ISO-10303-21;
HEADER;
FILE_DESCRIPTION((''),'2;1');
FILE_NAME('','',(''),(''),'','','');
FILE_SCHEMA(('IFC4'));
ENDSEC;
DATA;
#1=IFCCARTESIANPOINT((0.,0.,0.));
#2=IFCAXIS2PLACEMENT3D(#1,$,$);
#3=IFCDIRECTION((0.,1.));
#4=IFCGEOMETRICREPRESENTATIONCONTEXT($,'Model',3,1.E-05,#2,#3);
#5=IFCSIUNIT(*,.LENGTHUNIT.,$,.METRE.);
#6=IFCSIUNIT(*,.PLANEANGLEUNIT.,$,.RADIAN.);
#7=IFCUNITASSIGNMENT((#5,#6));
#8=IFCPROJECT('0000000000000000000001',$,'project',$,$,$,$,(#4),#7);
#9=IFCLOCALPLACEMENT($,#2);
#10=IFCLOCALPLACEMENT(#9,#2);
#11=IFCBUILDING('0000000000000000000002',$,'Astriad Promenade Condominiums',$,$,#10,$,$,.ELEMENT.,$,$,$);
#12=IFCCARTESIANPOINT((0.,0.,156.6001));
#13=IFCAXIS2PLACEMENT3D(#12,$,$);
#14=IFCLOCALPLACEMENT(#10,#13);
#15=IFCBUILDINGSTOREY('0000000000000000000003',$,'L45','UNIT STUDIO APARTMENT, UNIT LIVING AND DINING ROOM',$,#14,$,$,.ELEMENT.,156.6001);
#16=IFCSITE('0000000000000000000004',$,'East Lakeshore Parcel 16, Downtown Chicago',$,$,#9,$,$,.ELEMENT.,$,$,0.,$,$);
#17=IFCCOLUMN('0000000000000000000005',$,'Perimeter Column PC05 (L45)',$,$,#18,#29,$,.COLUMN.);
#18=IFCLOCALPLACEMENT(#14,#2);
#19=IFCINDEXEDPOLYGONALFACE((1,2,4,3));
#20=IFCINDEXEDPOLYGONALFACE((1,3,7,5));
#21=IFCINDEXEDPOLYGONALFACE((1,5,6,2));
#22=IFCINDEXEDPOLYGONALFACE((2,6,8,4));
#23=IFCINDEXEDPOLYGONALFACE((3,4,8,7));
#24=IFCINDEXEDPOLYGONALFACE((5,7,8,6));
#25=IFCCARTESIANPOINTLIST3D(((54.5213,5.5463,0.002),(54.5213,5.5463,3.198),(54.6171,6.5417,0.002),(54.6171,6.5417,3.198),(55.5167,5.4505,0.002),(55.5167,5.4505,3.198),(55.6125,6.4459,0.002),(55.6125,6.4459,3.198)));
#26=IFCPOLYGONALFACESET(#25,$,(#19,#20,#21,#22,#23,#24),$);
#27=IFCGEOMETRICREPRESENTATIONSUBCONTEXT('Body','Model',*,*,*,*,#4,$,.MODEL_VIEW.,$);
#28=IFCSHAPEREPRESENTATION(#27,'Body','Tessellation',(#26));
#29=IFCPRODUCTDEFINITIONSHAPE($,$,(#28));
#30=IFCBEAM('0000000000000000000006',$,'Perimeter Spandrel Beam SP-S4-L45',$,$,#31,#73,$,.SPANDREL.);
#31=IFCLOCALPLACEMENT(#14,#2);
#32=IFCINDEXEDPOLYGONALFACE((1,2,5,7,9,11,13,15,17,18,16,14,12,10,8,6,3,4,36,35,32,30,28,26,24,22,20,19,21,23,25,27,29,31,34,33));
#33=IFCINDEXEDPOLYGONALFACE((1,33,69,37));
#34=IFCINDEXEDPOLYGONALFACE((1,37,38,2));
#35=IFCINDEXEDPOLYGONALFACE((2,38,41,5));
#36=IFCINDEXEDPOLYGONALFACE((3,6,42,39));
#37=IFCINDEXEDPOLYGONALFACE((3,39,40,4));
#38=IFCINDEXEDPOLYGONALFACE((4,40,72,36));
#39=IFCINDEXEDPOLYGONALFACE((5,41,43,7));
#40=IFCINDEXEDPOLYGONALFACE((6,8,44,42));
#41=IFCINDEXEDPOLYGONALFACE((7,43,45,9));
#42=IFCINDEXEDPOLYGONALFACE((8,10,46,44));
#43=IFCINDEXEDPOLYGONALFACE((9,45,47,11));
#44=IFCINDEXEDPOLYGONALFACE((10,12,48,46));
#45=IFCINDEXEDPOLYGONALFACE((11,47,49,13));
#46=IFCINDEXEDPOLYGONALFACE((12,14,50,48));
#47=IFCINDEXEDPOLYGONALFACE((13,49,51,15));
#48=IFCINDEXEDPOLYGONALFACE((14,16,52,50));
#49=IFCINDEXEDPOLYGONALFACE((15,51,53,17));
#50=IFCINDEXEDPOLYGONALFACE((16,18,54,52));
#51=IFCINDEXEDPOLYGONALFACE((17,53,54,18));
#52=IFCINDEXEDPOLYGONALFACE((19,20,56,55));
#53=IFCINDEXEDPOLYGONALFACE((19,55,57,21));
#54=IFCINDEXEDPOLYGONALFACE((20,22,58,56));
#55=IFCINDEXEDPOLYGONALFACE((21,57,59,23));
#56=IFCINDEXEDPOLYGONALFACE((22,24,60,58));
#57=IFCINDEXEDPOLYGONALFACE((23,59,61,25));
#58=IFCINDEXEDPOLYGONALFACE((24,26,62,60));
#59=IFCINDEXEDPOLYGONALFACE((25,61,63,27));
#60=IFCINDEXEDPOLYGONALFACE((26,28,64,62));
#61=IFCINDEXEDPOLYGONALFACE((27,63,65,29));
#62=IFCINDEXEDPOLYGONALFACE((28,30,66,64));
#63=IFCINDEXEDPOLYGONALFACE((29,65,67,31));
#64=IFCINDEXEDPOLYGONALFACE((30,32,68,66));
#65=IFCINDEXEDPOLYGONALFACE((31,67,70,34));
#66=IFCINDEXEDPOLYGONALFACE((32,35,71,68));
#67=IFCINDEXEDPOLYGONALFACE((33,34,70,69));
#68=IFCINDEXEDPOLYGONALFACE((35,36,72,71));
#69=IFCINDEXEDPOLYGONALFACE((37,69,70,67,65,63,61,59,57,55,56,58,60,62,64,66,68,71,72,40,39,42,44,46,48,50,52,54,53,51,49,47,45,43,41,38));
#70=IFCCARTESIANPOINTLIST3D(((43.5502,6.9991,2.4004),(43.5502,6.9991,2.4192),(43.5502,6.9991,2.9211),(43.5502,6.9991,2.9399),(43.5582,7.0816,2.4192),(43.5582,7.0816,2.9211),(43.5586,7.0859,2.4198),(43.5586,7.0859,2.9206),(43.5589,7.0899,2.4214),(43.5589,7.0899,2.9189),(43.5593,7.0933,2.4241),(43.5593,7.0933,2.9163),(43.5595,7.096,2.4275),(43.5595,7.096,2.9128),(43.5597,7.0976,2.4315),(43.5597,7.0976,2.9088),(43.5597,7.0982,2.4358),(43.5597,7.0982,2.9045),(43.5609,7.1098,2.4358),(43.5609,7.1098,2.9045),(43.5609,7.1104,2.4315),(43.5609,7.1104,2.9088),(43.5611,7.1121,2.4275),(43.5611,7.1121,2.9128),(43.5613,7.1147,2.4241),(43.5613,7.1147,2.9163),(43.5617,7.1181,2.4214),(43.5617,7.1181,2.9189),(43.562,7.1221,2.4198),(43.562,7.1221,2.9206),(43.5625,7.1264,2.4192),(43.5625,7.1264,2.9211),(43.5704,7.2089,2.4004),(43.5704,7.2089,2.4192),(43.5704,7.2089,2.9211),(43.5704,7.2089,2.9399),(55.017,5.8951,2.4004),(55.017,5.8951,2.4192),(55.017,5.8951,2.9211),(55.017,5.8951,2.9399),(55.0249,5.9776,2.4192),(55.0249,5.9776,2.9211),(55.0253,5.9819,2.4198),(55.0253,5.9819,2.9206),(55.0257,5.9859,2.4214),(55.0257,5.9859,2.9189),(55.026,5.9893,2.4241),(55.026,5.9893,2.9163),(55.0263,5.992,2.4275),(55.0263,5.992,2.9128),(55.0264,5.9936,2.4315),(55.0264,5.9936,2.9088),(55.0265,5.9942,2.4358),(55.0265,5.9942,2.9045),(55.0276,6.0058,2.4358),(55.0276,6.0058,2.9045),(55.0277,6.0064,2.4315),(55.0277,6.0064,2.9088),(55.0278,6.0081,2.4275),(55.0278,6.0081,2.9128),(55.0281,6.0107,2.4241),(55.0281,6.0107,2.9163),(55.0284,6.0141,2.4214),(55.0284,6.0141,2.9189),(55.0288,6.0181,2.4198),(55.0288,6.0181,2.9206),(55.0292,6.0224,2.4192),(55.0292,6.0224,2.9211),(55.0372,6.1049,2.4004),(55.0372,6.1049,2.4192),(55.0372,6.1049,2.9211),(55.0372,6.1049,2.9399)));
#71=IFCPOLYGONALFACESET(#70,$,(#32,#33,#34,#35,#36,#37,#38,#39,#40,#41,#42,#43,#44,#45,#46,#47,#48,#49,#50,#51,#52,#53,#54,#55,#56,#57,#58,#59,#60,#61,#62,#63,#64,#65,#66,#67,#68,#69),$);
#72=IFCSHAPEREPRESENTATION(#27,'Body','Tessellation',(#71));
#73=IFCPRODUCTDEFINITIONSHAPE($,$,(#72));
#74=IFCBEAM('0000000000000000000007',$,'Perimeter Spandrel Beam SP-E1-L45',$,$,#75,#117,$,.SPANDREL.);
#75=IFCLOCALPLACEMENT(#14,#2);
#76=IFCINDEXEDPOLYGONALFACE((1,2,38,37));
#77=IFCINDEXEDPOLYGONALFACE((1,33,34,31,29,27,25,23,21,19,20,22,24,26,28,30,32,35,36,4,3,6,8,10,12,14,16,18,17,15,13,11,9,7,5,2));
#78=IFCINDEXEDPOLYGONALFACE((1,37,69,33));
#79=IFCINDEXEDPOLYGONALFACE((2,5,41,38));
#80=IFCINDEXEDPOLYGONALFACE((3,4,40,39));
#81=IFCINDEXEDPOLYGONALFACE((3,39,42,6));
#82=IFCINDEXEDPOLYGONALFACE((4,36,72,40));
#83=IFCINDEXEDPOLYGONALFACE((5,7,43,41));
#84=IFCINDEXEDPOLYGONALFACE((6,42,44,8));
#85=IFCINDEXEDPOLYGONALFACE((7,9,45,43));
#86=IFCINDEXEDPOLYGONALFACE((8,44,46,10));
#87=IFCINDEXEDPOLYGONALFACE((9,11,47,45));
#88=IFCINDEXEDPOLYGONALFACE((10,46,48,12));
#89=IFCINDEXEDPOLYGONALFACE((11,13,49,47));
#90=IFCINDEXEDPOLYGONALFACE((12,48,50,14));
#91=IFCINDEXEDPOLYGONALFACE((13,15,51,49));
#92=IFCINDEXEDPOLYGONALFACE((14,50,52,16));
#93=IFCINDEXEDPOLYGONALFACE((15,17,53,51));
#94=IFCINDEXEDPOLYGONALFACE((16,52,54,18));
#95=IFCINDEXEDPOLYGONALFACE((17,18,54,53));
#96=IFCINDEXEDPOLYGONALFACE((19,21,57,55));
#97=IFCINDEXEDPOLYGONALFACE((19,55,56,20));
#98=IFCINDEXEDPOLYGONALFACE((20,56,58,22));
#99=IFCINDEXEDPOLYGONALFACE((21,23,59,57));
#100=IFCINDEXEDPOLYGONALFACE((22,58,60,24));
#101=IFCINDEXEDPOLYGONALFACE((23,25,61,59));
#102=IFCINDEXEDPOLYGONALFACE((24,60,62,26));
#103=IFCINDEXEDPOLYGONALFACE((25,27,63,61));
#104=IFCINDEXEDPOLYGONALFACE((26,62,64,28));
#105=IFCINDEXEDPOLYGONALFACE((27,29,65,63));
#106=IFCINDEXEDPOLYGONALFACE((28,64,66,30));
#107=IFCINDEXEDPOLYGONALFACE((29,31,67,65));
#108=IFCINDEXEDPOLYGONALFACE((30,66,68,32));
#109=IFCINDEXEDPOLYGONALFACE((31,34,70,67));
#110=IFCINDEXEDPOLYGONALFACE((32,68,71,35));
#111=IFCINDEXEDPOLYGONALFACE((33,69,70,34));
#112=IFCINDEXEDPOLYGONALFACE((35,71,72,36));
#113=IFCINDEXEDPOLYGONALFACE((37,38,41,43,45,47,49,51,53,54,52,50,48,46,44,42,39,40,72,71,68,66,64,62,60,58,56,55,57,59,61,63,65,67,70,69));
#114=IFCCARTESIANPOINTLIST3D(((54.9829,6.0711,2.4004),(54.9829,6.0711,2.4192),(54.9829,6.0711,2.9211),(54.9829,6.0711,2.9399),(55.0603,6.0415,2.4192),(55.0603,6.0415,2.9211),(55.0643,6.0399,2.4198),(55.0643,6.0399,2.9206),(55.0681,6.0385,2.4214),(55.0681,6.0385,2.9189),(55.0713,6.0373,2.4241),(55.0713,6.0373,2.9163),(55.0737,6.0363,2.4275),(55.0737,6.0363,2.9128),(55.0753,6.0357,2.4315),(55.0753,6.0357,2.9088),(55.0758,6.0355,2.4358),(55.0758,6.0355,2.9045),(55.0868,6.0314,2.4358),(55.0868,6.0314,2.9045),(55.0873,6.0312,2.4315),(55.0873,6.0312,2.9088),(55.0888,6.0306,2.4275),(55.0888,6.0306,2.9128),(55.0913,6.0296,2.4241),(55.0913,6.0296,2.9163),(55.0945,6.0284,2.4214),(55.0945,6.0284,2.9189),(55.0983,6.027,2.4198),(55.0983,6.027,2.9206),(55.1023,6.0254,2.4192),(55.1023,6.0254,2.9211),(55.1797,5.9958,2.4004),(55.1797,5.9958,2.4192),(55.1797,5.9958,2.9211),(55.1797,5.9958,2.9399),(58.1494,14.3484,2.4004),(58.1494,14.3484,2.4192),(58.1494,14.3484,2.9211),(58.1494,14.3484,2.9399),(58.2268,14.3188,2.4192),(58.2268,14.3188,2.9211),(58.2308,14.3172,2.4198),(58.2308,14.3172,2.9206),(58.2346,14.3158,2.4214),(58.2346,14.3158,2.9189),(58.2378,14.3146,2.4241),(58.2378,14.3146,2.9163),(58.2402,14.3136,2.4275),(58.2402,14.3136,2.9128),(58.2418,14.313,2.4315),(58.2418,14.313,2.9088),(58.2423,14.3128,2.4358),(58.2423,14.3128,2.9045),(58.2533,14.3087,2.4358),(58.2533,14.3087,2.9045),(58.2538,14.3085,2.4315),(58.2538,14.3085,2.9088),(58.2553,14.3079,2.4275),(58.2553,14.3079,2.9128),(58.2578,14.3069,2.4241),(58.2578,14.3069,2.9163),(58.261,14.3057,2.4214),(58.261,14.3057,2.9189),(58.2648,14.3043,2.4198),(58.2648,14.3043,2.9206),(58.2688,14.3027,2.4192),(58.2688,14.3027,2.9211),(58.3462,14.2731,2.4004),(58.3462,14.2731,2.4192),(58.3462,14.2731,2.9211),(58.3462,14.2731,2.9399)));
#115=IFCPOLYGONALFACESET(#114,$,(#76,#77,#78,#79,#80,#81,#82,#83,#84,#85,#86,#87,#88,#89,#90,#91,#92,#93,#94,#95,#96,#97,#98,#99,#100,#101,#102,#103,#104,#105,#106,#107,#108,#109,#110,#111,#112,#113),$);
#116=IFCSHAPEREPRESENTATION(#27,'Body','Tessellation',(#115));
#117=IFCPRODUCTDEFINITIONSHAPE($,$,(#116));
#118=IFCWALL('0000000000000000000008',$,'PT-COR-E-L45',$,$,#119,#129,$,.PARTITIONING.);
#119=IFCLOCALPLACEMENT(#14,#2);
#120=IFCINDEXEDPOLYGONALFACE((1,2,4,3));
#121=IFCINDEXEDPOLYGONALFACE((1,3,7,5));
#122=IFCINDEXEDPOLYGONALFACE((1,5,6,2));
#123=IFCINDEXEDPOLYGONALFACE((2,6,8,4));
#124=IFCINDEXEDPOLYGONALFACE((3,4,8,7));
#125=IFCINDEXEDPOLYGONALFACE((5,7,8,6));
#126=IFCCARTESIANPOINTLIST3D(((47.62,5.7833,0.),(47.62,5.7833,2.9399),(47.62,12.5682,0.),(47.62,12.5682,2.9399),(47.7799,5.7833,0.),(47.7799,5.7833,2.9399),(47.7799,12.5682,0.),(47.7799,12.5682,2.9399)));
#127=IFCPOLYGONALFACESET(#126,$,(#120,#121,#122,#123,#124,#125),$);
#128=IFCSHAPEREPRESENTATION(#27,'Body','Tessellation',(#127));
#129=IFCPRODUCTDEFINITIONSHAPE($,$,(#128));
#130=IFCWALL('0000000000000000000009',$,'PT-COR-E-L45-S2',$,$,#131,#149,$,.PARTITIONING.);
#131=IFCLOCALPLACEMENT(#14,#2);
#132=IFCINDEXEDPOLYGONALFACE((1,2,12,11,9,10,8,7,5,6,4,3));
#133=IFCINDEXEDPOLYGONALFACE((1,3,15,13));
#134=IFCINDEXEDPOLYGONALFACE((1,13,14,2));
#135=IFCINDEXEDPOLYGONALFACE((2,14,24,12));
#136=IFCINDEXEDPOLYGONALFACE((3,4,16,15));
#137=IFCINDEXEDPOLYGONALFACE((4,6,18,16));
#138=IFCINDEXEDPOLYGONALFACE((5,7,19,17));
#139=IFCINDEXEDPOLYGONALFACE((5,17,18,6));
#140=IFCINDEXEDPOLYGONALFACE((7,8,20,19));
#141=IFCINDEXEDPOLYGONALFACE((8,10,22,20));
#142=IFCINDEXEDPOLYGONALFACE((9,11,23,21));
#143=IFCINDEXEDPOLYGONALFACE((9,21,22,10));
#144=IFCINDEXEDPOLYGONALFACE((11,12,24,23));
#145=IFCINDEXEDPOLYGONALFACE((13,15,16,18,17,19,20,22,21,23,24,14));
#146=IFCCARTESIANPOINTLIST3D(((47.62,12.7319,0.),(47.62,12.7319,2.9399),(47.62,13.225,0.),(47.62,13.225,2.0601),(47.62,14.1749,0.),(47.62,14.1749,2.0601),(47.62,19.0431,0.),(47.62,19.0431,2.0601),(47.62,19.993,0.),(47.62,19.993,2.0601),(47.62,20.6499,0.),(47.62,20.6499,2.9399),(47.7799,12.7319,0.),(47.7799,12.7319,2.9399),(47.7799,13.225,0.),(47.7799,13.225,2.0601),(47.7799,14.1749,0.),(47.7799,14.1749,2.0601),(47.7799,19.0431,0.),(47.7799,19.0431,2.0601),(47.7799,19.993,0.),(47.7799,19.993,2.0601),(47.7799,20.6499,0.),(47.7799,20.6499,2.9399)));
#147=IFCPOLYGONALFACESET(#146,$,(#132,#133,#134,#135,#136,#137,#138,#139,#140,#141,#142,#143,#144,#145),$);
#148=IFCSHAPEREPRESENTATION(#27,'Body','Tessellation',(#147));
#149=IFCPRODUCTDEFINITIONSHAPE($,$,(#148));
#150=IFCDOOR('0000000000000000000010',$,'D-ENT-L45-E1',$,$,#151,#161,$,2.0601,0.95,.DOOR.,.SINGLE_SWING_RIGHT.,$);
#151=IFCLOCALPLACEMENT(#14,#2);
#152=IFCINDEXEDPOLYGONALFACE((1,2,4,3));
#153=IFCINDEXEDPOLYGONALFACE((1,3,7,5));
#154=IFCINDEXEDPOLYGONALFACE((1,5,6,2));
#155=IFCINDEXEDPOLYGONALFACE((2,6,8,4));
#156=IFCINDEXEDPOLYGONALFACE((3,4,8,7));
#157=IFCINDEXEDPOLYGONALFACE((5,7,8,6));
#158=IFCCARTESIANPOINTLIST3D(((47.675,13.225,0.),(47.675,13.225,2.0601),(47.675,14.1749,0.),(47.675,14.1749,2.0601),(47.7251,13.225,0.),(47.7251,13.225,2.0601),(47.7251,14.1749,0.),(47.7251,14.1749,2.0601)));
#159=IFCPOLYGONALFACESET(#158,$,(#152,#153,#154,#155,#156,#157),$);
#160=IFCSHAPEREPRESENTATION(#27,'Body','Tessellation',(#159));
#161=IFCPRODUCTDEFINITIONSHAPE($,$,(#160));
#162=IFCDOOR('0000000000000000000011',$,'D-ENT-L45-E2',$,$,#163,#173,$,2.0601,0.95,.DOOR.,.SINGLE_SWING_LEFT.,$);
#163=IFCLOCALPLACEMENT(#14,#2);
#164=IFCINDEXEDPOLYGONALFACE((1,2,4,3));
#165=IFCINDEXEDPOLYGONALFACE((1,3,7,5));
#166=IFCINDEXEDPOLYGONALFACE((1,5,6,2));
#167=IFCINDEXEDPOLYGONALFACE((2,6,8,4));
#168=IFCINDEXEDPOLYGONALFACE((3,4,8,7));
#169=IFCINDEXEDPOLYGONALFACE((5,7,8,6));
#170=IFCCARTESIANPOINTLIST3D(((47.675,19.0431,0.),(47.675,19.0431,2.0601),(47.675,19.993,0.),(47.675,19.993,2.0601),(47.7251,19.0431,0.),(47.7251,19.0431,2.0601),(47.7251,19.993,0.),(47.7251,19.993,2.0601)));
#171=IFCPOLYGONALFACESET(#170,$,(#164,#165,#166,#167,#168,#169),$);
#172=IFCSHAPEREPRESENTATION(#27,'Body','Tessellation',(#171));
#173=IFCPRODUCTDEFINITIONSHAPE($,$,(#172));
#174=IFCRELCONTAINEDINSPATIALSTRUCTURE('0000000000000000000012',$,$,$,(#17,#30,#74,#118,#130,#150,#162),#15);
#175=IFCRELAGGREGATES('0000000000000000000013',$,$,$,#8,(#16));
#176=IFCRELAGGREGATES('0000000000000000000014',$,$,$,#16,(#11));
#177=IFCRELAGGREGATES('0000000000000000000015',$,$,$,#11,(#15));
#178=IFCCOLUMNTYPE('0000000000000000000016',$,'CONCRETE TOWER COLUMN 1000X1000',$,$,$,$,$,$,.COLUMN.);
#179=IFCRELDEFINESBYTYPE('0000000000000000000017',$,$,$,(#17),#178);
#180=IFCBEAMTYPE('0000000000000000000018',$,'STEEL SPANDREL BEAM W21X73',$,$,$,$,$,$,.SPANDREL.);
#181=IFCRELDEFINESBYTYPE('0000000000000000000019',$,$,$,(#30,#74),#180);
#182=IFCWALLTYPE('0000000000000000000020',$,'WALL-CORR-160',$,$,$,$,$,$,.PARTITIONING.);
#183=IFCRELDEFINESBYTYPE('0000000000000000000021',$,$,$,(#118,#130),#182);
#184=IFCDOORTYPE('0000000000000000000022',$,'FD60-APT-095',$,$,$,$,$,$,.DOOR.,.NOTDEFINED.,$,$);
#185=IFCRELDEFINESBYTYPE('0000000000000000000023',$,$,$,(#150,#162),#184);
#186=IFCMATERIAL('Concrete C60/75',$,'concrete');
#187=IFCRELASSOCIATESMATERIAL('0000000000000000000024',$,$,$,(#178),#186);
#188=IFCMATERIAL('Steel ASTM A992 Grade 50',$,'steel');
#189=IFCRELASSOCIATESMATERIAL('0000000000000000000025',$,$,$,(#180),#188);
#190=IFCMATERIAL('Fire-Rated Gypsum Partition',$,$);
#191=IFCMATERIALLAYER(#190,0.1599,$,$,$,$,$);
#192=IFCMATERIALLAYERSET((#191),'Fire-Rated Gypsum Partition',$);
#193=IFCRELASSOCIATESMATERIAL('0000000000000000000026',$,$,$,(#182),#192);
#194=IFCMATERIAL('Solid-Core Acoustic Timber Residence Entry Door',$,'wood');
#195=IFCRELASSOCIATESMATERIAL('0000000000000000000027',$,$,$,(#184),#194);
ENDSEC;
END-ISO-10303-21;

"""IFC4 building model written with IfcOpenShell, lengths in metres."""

from ifc_helpers import new_model, si_unit, direction, frame, frame_2d, origin, origin_2d, place, context, subcontext, project, spatial, rectangle, i_section, extrude, source, transform, mapped, material, layer, layer_set, material_profile, profile_set, type_object, type_shapes, element, fill, save


model = new_model("IFC4")

# Units and contexts
model_context = context("Model", 3, precision=1e-05, world=origin(), true_north=direction((0.0, 1.0)))
body_context = subcontext(model_context, "Body", "Model", "MODEL_VIEW")
ifc_project = project(units=[si_unit("LENGTHUNIT", "METRE"), si_unit("PLANEANGLEUNIT", "RADIAN")], contexts=[model_context])

# Site, building, storey
site_placement = place(None, origin())
site = spatial("IfcSite", under=ifc_project, at=site_placement, Name="East Lakeshore Parcel 16, Downtown Chicago", CompositionType="ELEMENT", RefElevation=0.0)
building_placement = place(site_placement, origin())
building = spatial("IfcBuilding", under=site, at=building_placement, Name="Astriad Promenade Condominiums", CompositionType="ELEMENT")
storey_placement = place(building_placement, frame((0.0, 0.0, 156.6001)))
storey = spatial("IfcBuildingStorey", under=building, at=storey_placement, Name="L45", Description="UNIT STUDIO APARTMENT, UNIT LIVING AND DINING ROOM", CompositionType="ELEMENT", Elevation=156.6001)

# Column
ifc_material_1 = material(Name="Concrete C60/75", Category="concrete")
ifc_material_profile_1 = material_profile(ifc_material_1, rectangle(XDim=1.0, YDim=1.0, at=origin_2d()), Name="RC-COL-1000X1000")
ifc_profile_set_1 = profile_set([ifc_material_profile_1], Name="Concrete C60/75")
column_type = type_object("IfcColumnType", Name="CONCRETE TOWER COLUMN 1000X1000", PredefinedType="COLUMN", material=ifc_profile_set_1)
shared_shape_1 = source(origin(), body_context, "Body", "SweptSolid", [
    extrude(rectangle(XDim=1.0, YDim=1.0, at=origin_2d()), origin(), (0.0, 0.0, 1.0), 3.196),
])
type_shapes(column_type, [shared_shape_1])
column_placement = place(storey_placement, frame((55.0669, 5.9961, 0.002), z_axis=(0.0, 0.0, 1.0), x_axis=(0.995396, -0.095846, 0.0)))
element("IfcColumn", 1, at=column_placement, inside=storey, type_object=column_type, Name="Perimeter Column PC05 (L45)", PredefinedType="COLUMN", context=body_context, shape_type="MappedRepresentation", body=[
    mapped(shared_shape_1, transform((0.0, 0.0, 0.0), scale=1.0)),
])

# Beams
ifc_material_2 = material(Name="Steel ASTM A992 Grade 50", Category="steel")
ifc_material_profile_2 = material_profile(ifc_material_2, i_section(OverallWidth=0.2107, OverallDepth=0.5396, WebThickness=0.0117, FlangeThickness=0.0188, FilletRadius=0.0166, at=origin_2d()), Name="W21X73")
ifc_profile_set_2 = profile_set([ifc_material_profile_2], Name="Steel ASTM A992 Grade 50")
beam_type = type_object("IfcBeamType", Name="STEEL SPANDREL BEAM W21X73", PredefinedType="SPANDREL", material=ifc_profile_set_2)
shared_shape_2 = source(origin(), body_context, "Body", "SweptSolid", [
    extrude(i_section(OverallWidth=0.2107, OverallDepth=0.5396, WebThickness=0.0117, FlangeThickness=0.0188, FilletRadius=0.0166, at=origin_2d()), origin(), (0.0, 0.0, 1.0), 11.5198),
])
beam_1_placement = place(storey_placement, frame((43.5603, 7.104, 2.6702), z_axis=(0.995397, -0.095835, 0.0), x_axis=(0.095835, 0.995397, 0.0)))
element("IfcBeam", 2, at=beam_1_placement, inside=storey, type_object=beam_type, Name="Perimeter Spandrel Beam SP-S4-L45", PredefinedType="SPANDREL", context=body_context, shape_type="MappedRepresentation", body=[
    mapped(shared_shape_2, transform((0.0, 0.0, 0.0), scale=1.0)),
])
shared_shape_3 = source(origin(), body_context, "Body", "SweptSolid", [
    extrude(i_section(OverallWidth=0.2107, OverallDepth=0.5396, WebThickness=0.0117, FlangeThickness=0.0188, FilletRadius=0.0166, at=origin_2d()), origin(), (0.0, 0.0, 1.0), 8.8623),
])
type_shapes(beam_type, [shared_shape_2, shared_shape_3])
beam_2_placement = place(storey_placement, frame((55.0813, 6.0334, 2.6702), z_axis=(0.357299, 0.93399, 0.0), x_axis=(-0.93399, 0.357299, 0.0)))
element("IfcBeam", 3, at=beam_2_placement, inside=storey, type_object=beam_type, Name="Perimeter Spandrel Beam SP-E1-L45", PredefinedType="SPANDREL", context=body_context, shape_type="MappedRepresentation", body=[
    mapped(shared_shape_3, transform((0.0, 0.0, 0.0), scale=1.0)),
])

# Wall
ifc_material_3 = material(Name="Fire-Rated Gypsum Partition")
ifc_layer_1 = layer(ifc_material_3, 0.1599)
ifc_layer_set_1 = layer_set([ifc_layer_1], Name="Fire-Rated Gypsum Partition")
wall_type_1 = type_object("IfcWallType", Name="WALL-CORR-160", PredefinedType="PARTITIONING", material=ifc_layer_set_1)
wall_1_placement = place(storey_placement, frame((47.7, 5.7832, 0.0), z_axis=(0.0, 0.0, 1.0), x_axis=(0.0, 1.0, 0.0)))
element("IfcWall", 4, at=wall_1_placement, inside=storey, type_object=wall_type_1, Name="PT-COR-E-L45", PredefinedType="PARTITIONING", context=body_context, shape_type="SweptSolid", body=[
    extrude(rectangle(XDim=6.7849, YDim=0.1599, at=frame_2d((3.3926, 0.0))), origin(), (0.0, 0.0, 1.0), 2.9399),
])

# Wall, openings, doors
wall_2_placement = place(storey_placement, frame((47.7, 12.7319, 0.0), z_axis=(0.0, 0.0, 1.0), x_axis=(0.0, 1.0, 0.0)))
wall_2 = element("IfcWall", 5, at=wall_2_placement, inside=storey, type_object=wall_type_1, Name="PT-COR-E-L45-S2", PredefinedType="PARTITIONING", context=body_context, shape_type="SweptSolid", body=[
    extrude(rectangle(XDim=7.918, YDim=0.1599, at=frame_2d((3.959, 0.0))), origin(), (0.0, 0.0, 1.0), 2.9399),
])
opening_1_placement = place(wall_2_placement, frame((0.4929, 0.0, 0.0)))
opening_1 = element("IfcOpeningElement", 6, at=opening_1_placement, cuts=wall_2, PredefinedType="OPENING", context=body_context, shape_type="SweptSolid", body=[
    extrude(rectangle(XDim=0.95, YDim=2.0601, at=frame_2d((0.4751, 1.03))), frame((0.0, 0.0898, 0.0), z_axis=(0.0, -1.0, 0.0), x_axis=(1.0, 0.0, 0.0)), (0.0, 0.0, 1.0), 0.1799),
])
opening_2_placement = place(wall_2_placement, frame((6.311, 0.0, 0.0)))
opening_2 = element("IfcOpeningElement", 7, at=opening_2_placement, cuts=wall_2, PredefinedType="OPENING", context=body_context, shape_type="SweptSolid", body=[
    extrude(rectangle(XDim=0.95, YDim=2.0601, at=frame_2d((0.4751, 1.03))), frame((0.0, 0.0898, 0.0), z_axis=(0.0, -1.0, 0.0), x_axis=(1.0, 0.0, 0.0)), (0.0, 0.0, 1.0), 0.1799),
])
ifc_material_4 = material(Name="Solid-Core Acoustic Timber Residence Entry Door", Category="wood")
door_type_1 = type_object("IfcDoorType", Name="FD60-APT-095", OperationType="NOTDEFINED", PredefinedType="DOOR", material=ifc_material_4)
shared_shape_4 = source(origin(), body_context, "Body", "SweptSolid", [
    extrude(rectangle(XDim=0.95, YDim=2.0601, at=frame_2d((0.4751, 1.03))), frame((0.0, 0.0249, 0.0), z_axis=(0.0, -1.0, 0.0), x_axis=(1.0, 0.0, 0.0)), (0.0, 0.0, 1.0), 0.05),
])
type_shapes(door_type_1, [shared_shape_4])
door_1_placement = place(opening_1_placement, origin())
door_1 = element("IfcDoor", 8, at=door_1_placement, inside=storey, type_object=door_type_1, Name="D-ENT-L45-E1", OperationType="SINGLE_SWING_RIGHT", OverallHeight=2.0601, OverallWidth=0.95, PredefinedType="DOOR", context=body_context, shape_type="MappedRepresentation", body=[
    mapped(shared_shape_4, transform((0.0, 0.0, 0.0), scale=1.0)),
])
fill(opening_1, door_1)
door_2_placement = place(opening_2_placement, origin())
door_2 = element("IfcDoor", 9, at=door_2_placement, inside=storey, type_object=door_type_1, Name="D-ENT-L45-E2", OperationType="SINGLE_SWING_LEFT", OverallHeight=2.0601, OverallWidth=0.95, PredefinedType="DOOR", context=body_context, shape_type="MappedRepresentation", body=[
    mapped(shared_shape_4, transform((0.0, 0.0, 0.0), scale=1.0)),
])
fill(opening_2, door_2)

save(model, "model.ifc")
